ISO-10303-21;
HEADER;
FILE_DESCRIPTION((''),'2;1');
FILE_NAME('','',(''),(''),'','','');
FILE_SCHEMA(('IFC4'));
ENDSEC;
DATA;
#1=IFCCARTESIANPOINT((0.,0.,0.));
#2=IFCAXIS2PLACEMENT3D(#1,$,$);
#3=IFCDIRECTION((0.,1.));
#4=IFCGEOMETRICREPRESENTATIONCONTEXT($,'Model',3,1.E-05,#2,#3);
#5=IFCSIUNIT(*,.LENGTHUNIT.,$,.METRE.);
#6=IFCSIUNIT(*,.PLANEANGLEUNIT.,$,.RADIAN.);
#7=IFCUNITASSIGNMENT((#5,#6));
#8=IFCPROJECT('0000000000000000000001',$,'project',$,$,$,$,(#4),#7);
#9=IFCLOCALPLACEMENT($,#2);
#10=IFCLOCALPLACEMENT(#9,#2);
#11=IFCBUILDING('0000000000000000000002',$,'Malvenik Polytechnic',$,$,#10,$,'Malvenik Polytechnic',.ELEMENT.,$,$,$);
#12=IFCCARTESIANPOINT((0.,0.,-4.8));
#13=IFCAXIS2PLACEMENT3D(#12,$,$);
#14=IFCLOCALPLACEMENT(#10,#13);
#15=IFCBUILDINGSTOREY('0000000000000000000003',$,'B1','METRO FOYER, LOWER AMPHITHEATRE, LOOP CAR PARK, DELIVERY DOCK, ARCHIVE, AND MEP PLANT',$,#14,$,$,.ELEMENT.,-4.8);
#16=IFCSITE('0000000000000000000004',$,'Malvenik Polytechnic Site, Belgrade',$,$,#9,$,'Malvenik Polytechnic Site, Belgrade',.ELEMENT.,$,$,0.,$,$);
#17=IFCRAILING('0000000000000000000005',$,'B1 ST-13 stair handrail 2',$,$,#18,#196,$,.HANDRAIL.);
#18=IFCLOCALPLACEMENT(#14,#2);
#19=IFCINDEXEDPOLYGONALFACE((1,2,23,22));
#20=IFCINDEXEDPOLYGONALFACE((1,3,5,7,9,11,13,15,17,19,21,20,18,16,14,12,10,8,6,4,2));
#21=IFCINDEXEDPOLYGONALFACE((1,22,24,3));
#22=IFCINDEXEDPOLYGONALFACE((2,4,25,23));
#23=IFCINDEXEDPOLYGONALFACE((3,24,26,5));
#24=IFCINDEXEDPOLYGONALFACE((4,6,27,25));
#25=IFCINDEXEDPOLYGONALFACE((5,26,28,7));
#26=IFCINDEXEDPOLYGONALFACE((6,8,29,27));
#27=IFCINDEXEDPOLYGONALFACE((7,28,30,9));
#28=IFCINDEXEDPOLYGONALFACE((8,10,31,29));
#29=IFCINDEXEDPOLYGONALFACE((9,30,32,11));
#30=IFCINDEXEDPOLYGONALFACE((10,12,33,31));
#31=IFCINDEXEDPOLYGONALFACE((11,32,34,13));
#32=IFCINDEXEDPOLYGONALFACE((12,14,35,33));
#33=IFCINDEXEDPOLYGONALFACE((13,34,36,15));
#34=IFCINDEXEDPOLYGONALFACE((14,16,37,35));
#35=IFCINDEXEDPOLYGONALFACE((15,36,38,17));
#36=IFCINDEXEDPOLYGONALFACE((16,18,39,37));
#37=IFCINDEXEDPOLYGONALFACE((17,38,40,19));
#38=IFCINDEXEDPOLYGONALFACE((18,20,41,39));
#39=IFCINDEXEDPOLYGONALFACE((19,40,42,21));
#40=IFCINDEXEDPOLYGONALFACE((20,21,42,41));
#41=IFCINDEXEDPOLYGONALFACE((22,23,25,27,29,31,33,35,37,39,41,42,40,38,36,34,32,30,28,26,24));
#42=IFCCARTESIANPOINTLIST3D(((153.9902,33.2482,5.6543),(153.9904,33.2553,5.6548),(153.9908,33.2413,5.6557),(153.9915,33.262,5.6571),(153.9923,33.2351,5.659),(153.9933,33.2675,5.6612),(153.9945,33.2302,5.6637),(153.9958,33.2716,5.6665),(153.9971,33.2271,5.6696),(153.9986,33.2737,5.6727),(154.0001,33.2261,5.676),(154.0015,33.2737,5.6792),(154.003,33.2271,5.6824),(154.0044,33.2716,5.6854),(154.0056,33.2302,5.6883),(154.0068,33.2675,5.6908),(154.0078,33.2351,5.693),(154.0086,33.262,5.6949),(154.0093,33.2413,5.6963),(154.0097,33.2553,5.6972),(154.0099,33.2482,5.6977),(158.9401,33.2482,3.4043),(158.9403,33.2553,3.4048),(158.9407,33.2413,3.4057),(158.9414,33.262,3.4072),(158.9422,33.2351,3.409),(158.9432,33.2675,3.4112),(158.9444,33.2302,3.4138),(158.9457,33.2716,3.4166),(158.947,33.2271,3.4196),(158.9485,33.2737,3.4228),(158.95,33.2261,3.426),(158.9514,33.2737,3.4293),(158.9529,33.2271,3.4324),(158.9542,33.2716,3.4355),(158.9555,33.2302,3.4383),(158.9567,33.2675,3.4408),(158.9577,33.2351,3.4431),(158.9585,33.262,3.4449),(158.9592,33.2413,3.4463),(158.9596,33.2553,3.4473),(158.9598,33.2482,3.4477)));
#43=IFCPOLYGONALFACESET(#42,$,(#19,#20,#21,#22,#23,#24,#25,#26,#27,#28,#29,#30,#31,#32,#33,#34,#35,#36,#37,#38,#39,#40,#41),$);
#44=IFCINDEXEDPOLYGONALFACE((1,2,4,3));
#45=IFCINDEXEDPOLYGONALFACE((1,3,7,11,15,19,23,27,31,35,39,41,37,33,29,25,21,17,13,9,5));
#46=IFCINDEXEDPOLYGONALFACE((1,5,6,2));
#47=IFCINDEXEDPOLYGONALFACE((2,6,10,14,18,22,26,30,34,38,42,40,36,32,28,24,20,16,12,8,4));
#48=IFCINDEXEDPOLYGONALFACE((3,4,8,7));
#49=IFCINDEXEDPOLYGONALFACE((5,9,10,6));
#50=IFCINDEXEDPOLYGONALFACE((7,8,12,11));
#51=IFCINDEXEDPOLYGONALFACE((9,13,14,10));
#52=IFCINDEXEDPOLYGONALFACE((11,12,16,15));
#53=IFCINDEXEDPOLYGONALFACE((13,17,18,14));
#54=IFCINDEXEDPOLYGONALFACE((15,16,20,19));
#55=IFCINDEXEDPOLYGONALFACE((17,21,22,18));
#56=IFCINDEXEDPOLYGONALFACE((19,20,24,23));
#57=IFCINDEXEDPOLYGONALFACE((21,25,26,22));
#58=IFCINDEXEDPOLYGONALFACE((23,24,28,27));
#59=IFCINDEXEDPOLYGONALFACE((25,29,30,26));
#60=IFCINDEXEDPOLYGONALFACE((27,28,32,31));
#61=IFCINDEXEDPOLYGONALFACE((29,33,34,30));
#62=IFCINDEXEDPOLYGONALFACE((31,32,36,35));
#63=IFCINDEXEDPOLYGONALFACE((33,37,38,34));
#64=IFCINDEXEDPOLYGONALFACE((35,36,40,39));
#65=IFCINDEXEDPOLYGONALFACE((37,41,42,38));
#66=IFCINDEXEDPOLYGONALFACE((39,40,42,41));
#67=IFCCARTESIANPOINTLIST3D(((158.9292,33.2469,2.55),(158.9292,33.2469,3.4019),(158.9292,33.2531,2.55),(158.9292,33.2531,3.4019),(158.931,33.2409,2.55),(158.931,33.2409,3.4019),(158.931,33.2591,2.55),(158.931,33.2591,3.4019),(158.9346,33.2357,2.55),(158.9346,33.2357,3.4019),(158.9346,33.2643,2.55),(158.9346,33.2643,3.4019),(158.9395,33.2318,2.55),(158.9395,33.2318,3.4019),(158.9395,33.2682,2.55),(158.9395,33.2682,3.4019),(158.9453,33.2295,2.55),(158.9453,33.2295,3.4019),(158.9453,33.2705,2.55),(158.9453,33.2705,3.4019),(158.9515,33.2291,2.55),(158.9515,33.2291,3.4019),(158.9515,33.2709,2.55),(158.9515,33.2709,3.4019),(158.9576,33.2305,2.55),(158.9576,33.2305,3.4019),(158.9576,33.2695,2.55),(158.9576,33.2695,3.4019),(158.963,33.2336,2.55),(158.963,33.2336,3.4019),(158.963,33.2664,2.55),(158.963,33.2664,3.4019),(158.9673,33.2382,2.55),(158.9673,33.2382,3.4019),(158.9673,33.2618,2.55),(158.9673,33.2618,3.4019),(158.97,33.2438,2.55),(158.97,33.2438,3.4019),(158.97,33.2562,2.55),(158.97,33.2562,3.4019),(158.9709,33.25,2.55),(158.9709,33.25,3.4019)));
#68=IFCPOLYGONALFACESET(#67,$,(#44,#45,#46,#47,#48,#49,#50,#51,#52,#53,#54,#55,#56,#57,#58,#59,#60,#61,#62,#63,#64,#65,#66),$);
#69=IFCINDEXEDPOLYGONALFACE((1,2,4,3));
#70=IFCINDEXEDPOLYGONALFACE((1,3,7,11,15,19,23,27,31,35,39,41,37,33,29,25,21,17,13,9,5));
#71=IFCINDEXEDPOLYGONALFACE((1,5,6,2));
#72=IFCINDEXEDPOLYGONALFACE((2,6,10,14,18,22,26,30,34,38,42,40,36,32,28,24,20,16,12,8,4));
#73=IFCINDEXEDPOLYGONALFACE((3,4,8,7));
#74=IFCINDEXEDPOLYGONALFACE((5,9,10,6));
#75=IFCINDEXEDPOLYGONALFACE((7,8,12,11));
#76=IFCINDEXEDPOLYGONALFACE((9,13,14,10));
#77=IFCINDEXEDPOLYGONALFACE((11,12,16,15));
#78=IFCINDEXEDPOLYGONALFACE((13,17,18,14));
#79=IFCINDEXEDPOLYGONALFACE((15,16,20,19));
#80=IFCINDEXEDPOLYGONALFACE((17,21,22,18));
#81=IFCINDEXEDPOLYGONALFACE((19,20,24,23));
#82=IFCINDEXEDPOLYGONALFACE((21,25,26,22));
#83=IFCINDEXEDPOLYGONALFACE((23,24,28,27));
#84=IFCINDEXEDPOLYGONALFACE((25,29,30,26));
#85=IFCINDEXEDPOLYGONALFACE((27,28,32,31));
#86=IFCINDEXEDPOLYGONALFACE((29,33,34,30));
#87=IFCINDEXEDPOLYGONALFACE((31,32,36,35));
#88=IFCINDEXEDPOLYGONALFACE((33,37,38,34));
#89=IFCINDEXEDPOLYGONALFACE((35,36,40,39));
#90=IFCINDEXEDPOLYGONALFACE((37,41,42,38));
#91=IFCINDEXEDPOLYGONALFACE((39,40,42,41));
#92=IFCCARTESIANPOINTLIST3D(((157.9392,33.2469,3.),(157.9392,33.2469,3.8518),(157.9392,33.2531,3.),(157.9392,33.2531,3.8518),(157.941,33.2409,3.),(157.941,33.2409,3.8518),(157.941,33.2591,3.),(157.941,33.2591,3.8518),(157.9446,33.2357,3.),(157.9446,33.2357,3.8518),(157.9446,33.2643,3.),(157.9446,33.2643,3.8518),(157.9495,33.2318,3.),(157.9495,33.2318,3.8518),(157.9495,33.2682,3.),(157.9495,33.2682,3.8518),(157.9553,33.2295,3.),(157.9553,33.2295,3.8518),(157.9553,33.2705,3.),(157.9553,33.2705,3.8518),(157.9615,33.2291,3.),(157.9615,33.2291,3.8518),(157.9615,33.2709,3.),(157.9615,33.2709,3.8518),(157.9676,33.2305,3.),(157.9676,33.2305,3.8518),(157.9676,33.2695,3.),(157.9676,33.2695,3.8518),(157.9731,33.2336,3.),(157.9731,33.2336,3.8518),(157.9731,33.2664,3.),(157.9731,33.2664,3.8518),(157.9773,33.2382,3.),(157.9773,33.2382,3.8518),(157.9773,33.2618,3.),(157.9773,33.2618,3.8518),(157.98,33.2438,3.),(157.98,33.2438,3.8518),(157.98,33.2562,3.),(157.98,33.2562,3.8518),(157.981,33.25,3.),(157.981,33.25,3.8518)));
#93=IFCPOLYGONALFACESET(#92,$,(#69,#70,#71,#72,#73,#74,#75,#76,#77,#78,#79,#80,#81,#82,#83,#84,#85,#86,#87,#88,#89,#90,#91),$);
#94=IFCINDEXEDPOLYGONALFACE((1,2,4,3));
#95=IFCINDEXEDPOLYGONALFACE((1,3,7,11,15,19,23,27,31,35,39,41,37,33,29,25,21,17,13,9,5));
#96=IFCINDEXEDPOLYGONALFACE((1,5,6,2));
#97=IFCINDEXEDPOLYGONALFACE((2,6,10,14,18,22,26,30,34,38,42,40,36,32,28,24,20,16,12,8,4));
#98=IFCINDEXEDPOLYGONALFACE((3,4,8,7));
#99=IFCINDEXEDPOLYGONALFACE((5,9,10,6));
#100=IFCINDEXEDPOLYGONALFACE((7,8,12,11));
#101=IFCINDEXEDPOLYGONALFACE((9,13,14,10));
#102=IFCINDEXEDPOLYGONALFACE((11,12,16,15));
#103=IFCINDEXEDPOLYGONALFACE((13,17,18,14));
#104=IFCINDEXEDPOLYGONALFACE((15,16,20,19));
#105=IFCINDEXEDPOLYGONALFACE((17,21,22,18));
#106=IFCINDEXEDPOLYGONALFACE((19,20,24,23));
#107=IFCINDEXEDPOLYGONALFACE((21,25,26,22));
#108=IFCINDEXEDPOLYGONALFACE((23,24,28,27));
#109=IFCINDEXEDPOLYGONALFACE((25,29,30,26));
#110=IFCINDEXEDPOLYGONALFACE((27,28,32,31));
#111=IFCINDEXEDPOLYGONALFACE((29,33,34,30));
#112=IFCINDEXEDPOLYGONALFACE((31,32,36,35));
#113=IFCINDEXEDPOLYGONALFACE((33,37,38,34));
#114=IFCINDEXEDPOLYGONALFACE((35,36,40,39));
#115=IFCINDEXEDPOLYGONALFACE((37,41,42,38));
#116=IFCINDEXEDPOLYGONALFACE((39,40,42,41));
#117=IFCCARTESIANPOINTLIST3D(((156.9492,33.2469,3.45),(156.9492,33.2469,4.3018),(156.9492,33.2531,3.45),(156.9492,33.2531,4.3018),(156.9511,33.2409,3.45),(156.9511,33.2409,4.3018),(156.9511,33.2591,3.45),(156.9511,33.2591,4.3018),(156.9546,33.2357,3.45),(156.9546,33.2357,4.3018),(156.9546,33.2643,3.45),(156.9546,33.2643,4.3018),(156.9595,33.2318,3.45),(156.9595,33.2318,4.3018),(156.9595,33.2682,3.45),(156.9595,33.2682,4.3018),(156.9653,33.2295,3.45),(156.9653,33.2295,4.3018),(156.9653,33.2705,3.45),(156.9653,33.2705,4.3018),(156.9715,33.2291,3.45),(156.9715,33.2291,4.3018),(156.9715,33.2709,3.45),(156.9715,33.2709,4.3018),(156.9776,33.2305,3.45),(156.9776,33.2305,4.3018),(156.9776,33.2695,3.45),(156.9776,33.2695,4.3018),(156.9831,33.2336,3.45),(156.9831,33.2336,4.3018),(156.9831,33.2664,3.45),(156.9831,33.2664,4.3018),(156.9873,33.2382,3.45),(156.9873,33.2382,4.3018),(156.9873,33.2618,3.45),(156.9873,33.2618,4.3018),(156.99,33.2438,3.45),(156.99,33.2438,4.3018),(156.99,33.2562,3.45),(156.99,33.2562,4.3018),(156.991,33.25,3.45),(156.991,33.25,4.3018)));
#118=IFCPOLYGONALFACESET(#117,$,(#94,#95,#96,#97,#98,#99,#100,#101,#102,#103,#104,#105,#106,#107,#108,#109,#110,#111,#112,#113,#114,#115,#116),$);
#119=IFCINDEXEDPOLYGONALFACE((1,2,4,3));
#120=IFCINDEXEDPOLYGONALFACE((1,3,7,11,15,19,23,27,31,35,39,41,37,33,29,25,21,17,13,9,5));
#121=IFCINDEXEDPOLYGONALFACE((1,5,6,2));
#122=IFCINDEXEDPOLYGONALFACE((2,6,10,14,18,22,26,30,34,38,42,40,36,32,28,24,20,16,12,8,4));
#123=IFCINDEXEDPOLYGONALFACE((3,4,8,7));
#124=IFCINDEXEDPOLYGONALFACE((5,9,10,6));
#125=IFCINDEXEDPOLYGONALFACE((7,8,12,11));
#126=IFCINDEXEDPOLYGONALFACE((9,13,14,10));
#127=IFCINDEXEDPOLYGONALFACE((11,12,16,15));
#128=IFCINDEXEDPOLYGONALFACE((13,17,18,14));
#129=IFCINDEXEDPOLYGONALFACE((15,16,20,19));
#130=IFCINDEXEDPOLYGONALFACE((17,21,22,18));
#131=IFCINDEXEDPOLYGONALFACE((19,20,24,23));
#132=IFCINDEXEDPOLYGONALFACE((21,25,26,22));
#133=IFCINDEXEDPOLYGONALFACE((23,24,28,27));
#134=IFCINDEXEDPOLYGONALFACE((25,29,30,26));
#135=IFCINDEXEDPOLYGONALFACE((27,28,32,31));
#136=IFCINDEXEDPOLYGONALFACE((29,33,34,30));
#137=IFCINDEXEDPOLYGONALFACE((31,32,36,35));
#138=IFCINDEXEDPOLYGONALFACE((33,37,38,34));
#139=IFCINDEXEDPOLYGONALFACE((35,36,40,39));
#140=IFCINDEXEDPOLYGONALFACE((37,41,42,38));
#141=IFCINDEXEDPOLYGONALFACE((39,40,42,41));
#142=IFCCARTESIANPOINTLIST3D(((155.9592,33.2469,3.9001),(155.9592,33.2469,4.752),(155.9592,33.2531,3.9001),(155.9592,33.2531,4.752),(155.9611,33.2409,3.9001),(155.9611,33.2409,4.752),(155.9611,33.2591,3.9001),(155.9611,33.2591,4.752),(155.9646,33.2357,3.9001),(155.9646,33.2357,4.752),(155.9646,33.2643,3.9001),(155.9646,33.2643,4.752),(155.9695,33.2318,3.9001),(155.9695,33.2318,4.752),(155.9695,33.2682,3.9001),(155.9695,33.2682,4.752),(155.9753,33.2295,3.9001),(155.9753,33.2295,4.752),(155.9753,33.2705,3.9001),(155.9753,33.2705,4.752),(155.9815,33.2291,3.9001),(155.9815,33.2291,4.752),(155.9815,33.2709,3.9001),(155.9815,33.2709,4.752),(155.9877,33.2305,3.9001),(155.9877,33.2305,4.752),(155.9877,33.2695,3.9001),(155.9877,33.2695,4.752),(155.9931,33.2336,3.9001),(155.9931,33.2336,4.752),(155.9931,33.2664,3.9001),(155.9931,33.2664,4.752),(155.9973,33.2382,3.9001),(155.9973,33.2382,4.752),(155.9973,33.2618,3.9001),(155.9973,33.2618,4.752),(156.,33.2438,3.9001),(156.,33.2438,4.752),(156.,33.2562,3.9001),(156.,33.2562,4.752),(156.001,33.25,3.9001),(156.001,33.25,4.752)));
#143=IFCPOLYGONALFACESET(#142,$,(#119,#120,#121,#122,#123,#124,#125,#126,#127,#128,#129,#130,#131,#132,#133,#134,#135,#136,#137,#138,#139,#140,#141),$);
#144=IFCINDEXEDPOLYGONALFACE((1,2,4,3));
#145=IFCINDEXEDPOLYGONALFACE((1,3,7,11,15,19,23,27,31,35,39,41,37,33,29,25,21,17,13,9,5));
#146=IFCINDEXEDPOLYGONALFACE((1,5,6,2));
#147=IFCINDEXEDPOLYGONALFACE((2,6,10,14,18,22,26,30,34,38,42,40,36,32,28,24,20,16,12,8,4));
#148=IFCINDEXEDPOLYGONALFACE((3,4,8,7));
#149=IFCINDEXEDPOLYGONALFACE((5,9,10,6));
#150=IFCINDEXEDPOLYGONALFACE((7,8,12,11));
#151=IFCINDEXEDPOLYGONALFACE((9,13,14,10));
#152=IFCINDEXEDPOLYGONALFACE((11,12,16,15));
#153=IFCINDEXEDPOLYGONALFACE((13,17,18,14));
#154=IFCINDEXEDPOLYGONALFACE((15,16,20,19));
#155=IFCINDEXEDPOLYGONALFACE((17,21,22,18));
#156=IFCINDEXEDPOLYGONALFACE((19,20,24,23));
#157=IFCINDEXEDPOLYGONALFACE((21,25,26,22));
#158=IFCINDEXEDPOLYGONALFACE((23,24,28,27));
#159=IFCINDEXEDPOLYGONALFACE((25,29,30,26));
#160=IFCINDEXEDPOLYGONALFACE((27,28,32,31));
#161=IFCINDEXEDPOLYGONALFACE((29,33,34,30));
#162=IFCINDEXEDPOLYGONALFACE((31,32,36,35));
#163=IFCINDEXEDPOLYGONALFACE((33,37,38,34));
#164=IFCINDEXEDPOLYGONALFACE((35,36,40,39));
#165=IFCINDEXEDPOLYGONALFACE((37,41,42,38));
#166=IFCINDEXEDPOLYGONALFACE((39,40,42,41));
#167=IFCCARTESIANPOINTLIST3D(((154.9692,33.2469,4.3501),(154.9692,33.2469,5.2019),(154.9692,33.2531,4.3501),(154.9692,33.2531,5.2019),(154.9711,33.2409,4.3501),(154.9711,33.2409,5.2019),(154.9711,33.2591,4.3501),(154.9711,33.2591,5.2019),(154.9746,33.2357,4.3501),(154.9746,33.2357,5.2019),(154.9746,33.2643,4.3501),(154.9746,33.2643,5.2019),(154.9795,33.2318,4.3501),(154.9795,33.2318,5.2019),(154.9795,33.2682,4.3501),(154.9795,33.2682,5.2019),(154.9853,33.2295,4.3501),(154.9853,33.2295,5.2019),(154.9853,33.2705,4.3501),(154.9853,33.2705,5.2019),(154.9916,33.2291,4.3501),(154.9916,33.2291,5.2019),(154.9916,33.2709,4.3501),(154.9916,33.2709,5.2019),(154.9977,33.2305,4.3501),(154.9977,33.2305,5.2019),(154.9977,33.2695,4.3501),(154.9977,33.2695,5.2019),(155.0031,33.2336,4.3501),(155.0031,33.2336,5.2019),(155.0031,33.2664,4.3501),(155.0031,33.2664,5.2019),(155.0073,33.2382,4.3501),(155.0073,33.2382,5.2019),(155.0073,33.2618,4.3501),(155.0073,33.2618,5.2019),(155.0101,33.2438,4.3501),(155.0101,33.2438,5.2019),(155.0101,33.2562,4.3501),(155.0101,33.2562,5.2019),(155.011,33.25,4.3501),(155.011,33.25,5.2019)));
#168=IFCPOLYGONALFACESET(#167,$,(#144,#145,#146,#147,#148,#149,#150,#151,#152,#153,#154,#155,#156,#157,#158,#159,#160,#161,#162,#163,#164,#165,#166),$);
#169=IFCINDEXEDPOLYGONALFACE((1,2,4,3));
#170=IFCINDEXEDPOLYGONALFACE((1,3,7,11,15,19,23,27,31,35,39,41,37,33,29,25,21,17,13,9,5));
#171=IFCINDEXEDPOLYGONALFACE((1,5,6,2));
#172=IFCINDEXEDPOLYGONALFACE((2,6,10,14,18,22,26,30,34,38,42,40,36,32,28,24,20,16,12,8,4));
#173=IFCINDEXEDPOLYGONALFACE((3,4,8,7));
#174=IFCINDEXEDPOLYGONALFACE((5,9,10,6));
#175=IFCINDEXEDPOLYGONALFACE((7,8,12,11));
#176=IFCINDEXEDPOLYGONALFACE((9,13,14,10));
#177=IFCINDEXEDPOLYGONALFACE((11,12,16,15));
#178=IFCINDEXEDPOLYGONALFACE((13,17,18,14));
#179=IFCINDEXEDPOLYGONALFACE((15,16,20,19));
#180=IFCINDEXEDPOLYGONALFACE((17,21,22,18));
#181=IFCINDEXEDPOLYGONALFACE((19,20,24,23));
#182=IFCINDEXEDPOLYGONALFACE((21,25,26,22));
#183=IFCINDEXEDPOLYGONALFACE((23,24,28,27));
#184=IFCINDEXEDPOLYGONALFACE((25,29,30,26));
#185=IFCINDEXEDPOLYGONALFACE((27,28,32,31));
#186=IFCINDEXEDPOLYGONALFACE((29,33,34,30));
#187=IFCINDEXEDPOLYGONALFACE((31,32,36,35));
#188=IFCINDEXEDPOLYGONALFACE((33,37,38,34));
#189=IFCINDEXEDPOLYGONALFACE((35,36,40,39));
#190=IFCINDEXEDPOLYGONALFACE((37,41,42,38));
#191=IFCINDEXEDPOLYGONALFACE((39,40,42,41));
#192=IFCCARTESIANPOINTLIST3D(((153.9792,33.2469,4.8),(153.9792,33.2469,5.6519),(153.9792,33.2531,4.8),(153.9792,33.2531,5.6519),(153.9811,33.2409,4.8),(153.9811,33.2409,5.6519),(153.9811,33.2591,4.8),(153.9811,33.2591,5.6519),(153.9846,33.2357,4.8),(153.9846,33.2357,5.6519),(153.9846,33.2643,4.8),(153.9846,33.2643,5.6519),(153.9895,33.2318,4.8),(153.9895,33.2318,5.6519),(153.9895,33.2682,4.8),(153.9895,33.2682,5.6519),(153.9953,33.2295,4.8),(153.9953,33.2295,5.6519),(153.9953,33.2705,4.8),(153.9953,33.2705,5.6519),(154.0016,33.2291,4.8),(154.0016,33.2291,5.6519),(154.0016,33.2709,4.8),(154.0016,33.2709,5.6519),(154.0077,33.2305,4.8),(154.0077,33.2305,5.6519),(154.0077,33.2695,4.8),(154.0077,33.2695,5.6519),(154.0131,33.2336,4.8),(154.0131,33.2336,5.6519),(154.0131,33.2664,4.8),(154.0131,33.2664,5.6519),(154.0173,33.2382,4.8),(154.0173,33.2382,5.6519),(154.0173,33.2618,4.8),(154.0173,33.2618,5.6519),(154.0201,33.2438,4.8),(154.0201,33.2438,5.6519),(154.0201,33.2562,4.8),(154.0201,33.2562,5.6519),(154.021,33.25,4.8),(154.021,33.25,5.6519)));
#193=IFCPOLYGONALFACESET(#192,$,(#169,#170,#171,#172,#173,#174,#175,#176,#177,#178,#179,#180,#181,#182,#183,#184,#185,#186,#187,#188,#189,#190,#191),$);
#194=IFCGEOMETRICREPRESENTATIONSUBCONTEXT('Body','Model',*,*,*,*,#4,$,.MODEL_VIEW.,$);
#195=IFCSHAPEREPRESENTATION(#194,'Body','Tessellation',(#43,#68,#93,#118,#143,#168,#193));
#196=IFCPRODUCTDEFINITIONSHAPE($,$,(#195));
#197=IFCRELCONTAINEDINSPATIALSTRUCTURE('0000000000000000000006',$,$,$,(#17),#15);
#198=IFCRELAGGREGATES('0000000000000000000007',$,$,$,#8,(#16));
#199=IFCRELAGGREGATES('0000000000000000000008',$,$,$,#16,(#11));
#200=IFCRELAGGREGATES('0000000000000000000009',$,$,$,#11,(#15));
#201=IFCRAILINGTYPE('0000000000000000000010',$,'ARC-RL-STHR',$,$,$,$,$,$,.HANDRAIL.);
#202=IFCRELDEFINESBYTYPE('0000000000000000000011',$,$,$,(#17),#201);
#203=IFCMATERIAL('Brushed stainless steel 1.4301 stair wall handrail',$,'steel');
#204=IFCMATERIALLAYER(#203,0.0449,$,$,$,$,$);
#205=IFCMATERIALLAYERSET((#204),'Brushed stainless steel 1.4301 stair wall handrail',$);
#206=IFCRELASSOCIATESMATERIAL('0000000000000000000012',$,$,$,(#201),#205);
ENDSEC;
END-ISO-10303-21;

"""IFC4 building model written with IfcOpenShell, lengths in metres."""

from ifc_helpers import new_model, si_unit, direction, frame, origin, origin_2d, place, context, subcontext, project, spatial, circle, extrude, material, layer, layer_set, type_object, element, save


model = new_model("IFC4")

# Units and contexts
model_context = context("Model", 3, precision=1e-05, world=origin(), true_north=direction((0.0, 1.0)))
body_context = subcontext(model_context, "Body", "Model", "MODEL_VIEW")
ifc_project = project(units=[si_unit("LENGTHUNIT", "METRE"), si_unit("PLANEANGLEUNIT", "RADIAN")], contexts=[model_context])

# Site, building, storey
site_placement = place(None, origin())
site = spatial("IfcSite", under=ifc_project, at=site_placement, Name="Malvenik Polytechnic Site, Belgrade", LongName="Malvenik Polytechnic Site, Belgrade", CompositionType="ELEMENT", RefElevation=0.0)
building_placement = place(site_placement, origin())
building = spatial("IfcBuilding", under=site, at=building_placement, Name="Malvenik Polytechnic", LongName="Malvenik Polytechnic", CompositionType="ELEMENT")
storey_placement = place(building_placement, frame((0.0, 0.0, -4.8)))
storey = spatial("IfcBuildingStorey", under=building, at=storey_placement, Name="B1", Description="METRO FOYER, LOWER AMPHITHEATRE, LOOP CAR PARK, DELIVERY DOCK, ARCHIVE, AND MEP PLANT", CompositionType="ELEMENT", Elevation=-4.8)

# Railing
ifc_material_1 = material(Name="Brushed stainless steel 1.4301 stair wall handrail", Category="steel")
ifc_layer_1 = layer(ifc_material_1, 0.0449)
ifc_layer_set_1 = layer_set([ifc_layer_1], Name="Brushed stainless steel 1.4301 stair wall handrail")
railing_type_1 = type_object("IfcRailingType", Name="ARC-RL-STHR", PredefinedType="HANDRAIL", material=ifc_layer_set_1)
railing_1_placement = place(storey_placement, frame((158.95, 33.25, 2.55)))
element("IfcRailing", 1, at=railing_1_placement, inside=storey, type_object=railing_type_1, Name="B1 ST-13 stair handrail 2", PredefinedType="HANDRAIL", context=body_context, shape_type="SweptSolid", body=[
    extrude(circle(Radius=0.0239, at=origin_2d()), frame((0.0, 0.0, 0.876), z_axis=(-0.910365, 0.0, 0.413806), x_axis=(0.0, -1.0, 0.0)), (0.0, 0.0, 1.0), 5.4373),
    extrude(circle(Radius=0.021, at=origin_2d()), origin(), (0.0, 0.0, 1.0), 0.8518),
    extrude(circle(Radius=0.021, at=origin_2d()), frame((-0.99, 0.0, 0.45)), (0.0, 0.0, 1.0), 0.8518),
    extrude(circle(Radius=0.021, at=origin_2d()), frame((-1.98, 0.0, 0.8999)), (0.0, 0.0, 1.0), 0.8518),
    extrude(circle(Radius=0.021, at=origin_2d()), frame((-2.97, 0.0, 1.3501)), (0.0, 0.0, 1.0), 0.8518),
    extrude(circle(Radius=0.021, at=origin_2d()), frame((-3.96, 0.0, 1.8)), (0.0, 0.0, 1.0), 0.8518),
    extrude(circle(Radius=0.021, at=origin_2d()), frame((-4.95, 0.0, 2.25)), (0.0, 0.0, 1.0), 0.8518),
])

save(model, "model.ifc")
